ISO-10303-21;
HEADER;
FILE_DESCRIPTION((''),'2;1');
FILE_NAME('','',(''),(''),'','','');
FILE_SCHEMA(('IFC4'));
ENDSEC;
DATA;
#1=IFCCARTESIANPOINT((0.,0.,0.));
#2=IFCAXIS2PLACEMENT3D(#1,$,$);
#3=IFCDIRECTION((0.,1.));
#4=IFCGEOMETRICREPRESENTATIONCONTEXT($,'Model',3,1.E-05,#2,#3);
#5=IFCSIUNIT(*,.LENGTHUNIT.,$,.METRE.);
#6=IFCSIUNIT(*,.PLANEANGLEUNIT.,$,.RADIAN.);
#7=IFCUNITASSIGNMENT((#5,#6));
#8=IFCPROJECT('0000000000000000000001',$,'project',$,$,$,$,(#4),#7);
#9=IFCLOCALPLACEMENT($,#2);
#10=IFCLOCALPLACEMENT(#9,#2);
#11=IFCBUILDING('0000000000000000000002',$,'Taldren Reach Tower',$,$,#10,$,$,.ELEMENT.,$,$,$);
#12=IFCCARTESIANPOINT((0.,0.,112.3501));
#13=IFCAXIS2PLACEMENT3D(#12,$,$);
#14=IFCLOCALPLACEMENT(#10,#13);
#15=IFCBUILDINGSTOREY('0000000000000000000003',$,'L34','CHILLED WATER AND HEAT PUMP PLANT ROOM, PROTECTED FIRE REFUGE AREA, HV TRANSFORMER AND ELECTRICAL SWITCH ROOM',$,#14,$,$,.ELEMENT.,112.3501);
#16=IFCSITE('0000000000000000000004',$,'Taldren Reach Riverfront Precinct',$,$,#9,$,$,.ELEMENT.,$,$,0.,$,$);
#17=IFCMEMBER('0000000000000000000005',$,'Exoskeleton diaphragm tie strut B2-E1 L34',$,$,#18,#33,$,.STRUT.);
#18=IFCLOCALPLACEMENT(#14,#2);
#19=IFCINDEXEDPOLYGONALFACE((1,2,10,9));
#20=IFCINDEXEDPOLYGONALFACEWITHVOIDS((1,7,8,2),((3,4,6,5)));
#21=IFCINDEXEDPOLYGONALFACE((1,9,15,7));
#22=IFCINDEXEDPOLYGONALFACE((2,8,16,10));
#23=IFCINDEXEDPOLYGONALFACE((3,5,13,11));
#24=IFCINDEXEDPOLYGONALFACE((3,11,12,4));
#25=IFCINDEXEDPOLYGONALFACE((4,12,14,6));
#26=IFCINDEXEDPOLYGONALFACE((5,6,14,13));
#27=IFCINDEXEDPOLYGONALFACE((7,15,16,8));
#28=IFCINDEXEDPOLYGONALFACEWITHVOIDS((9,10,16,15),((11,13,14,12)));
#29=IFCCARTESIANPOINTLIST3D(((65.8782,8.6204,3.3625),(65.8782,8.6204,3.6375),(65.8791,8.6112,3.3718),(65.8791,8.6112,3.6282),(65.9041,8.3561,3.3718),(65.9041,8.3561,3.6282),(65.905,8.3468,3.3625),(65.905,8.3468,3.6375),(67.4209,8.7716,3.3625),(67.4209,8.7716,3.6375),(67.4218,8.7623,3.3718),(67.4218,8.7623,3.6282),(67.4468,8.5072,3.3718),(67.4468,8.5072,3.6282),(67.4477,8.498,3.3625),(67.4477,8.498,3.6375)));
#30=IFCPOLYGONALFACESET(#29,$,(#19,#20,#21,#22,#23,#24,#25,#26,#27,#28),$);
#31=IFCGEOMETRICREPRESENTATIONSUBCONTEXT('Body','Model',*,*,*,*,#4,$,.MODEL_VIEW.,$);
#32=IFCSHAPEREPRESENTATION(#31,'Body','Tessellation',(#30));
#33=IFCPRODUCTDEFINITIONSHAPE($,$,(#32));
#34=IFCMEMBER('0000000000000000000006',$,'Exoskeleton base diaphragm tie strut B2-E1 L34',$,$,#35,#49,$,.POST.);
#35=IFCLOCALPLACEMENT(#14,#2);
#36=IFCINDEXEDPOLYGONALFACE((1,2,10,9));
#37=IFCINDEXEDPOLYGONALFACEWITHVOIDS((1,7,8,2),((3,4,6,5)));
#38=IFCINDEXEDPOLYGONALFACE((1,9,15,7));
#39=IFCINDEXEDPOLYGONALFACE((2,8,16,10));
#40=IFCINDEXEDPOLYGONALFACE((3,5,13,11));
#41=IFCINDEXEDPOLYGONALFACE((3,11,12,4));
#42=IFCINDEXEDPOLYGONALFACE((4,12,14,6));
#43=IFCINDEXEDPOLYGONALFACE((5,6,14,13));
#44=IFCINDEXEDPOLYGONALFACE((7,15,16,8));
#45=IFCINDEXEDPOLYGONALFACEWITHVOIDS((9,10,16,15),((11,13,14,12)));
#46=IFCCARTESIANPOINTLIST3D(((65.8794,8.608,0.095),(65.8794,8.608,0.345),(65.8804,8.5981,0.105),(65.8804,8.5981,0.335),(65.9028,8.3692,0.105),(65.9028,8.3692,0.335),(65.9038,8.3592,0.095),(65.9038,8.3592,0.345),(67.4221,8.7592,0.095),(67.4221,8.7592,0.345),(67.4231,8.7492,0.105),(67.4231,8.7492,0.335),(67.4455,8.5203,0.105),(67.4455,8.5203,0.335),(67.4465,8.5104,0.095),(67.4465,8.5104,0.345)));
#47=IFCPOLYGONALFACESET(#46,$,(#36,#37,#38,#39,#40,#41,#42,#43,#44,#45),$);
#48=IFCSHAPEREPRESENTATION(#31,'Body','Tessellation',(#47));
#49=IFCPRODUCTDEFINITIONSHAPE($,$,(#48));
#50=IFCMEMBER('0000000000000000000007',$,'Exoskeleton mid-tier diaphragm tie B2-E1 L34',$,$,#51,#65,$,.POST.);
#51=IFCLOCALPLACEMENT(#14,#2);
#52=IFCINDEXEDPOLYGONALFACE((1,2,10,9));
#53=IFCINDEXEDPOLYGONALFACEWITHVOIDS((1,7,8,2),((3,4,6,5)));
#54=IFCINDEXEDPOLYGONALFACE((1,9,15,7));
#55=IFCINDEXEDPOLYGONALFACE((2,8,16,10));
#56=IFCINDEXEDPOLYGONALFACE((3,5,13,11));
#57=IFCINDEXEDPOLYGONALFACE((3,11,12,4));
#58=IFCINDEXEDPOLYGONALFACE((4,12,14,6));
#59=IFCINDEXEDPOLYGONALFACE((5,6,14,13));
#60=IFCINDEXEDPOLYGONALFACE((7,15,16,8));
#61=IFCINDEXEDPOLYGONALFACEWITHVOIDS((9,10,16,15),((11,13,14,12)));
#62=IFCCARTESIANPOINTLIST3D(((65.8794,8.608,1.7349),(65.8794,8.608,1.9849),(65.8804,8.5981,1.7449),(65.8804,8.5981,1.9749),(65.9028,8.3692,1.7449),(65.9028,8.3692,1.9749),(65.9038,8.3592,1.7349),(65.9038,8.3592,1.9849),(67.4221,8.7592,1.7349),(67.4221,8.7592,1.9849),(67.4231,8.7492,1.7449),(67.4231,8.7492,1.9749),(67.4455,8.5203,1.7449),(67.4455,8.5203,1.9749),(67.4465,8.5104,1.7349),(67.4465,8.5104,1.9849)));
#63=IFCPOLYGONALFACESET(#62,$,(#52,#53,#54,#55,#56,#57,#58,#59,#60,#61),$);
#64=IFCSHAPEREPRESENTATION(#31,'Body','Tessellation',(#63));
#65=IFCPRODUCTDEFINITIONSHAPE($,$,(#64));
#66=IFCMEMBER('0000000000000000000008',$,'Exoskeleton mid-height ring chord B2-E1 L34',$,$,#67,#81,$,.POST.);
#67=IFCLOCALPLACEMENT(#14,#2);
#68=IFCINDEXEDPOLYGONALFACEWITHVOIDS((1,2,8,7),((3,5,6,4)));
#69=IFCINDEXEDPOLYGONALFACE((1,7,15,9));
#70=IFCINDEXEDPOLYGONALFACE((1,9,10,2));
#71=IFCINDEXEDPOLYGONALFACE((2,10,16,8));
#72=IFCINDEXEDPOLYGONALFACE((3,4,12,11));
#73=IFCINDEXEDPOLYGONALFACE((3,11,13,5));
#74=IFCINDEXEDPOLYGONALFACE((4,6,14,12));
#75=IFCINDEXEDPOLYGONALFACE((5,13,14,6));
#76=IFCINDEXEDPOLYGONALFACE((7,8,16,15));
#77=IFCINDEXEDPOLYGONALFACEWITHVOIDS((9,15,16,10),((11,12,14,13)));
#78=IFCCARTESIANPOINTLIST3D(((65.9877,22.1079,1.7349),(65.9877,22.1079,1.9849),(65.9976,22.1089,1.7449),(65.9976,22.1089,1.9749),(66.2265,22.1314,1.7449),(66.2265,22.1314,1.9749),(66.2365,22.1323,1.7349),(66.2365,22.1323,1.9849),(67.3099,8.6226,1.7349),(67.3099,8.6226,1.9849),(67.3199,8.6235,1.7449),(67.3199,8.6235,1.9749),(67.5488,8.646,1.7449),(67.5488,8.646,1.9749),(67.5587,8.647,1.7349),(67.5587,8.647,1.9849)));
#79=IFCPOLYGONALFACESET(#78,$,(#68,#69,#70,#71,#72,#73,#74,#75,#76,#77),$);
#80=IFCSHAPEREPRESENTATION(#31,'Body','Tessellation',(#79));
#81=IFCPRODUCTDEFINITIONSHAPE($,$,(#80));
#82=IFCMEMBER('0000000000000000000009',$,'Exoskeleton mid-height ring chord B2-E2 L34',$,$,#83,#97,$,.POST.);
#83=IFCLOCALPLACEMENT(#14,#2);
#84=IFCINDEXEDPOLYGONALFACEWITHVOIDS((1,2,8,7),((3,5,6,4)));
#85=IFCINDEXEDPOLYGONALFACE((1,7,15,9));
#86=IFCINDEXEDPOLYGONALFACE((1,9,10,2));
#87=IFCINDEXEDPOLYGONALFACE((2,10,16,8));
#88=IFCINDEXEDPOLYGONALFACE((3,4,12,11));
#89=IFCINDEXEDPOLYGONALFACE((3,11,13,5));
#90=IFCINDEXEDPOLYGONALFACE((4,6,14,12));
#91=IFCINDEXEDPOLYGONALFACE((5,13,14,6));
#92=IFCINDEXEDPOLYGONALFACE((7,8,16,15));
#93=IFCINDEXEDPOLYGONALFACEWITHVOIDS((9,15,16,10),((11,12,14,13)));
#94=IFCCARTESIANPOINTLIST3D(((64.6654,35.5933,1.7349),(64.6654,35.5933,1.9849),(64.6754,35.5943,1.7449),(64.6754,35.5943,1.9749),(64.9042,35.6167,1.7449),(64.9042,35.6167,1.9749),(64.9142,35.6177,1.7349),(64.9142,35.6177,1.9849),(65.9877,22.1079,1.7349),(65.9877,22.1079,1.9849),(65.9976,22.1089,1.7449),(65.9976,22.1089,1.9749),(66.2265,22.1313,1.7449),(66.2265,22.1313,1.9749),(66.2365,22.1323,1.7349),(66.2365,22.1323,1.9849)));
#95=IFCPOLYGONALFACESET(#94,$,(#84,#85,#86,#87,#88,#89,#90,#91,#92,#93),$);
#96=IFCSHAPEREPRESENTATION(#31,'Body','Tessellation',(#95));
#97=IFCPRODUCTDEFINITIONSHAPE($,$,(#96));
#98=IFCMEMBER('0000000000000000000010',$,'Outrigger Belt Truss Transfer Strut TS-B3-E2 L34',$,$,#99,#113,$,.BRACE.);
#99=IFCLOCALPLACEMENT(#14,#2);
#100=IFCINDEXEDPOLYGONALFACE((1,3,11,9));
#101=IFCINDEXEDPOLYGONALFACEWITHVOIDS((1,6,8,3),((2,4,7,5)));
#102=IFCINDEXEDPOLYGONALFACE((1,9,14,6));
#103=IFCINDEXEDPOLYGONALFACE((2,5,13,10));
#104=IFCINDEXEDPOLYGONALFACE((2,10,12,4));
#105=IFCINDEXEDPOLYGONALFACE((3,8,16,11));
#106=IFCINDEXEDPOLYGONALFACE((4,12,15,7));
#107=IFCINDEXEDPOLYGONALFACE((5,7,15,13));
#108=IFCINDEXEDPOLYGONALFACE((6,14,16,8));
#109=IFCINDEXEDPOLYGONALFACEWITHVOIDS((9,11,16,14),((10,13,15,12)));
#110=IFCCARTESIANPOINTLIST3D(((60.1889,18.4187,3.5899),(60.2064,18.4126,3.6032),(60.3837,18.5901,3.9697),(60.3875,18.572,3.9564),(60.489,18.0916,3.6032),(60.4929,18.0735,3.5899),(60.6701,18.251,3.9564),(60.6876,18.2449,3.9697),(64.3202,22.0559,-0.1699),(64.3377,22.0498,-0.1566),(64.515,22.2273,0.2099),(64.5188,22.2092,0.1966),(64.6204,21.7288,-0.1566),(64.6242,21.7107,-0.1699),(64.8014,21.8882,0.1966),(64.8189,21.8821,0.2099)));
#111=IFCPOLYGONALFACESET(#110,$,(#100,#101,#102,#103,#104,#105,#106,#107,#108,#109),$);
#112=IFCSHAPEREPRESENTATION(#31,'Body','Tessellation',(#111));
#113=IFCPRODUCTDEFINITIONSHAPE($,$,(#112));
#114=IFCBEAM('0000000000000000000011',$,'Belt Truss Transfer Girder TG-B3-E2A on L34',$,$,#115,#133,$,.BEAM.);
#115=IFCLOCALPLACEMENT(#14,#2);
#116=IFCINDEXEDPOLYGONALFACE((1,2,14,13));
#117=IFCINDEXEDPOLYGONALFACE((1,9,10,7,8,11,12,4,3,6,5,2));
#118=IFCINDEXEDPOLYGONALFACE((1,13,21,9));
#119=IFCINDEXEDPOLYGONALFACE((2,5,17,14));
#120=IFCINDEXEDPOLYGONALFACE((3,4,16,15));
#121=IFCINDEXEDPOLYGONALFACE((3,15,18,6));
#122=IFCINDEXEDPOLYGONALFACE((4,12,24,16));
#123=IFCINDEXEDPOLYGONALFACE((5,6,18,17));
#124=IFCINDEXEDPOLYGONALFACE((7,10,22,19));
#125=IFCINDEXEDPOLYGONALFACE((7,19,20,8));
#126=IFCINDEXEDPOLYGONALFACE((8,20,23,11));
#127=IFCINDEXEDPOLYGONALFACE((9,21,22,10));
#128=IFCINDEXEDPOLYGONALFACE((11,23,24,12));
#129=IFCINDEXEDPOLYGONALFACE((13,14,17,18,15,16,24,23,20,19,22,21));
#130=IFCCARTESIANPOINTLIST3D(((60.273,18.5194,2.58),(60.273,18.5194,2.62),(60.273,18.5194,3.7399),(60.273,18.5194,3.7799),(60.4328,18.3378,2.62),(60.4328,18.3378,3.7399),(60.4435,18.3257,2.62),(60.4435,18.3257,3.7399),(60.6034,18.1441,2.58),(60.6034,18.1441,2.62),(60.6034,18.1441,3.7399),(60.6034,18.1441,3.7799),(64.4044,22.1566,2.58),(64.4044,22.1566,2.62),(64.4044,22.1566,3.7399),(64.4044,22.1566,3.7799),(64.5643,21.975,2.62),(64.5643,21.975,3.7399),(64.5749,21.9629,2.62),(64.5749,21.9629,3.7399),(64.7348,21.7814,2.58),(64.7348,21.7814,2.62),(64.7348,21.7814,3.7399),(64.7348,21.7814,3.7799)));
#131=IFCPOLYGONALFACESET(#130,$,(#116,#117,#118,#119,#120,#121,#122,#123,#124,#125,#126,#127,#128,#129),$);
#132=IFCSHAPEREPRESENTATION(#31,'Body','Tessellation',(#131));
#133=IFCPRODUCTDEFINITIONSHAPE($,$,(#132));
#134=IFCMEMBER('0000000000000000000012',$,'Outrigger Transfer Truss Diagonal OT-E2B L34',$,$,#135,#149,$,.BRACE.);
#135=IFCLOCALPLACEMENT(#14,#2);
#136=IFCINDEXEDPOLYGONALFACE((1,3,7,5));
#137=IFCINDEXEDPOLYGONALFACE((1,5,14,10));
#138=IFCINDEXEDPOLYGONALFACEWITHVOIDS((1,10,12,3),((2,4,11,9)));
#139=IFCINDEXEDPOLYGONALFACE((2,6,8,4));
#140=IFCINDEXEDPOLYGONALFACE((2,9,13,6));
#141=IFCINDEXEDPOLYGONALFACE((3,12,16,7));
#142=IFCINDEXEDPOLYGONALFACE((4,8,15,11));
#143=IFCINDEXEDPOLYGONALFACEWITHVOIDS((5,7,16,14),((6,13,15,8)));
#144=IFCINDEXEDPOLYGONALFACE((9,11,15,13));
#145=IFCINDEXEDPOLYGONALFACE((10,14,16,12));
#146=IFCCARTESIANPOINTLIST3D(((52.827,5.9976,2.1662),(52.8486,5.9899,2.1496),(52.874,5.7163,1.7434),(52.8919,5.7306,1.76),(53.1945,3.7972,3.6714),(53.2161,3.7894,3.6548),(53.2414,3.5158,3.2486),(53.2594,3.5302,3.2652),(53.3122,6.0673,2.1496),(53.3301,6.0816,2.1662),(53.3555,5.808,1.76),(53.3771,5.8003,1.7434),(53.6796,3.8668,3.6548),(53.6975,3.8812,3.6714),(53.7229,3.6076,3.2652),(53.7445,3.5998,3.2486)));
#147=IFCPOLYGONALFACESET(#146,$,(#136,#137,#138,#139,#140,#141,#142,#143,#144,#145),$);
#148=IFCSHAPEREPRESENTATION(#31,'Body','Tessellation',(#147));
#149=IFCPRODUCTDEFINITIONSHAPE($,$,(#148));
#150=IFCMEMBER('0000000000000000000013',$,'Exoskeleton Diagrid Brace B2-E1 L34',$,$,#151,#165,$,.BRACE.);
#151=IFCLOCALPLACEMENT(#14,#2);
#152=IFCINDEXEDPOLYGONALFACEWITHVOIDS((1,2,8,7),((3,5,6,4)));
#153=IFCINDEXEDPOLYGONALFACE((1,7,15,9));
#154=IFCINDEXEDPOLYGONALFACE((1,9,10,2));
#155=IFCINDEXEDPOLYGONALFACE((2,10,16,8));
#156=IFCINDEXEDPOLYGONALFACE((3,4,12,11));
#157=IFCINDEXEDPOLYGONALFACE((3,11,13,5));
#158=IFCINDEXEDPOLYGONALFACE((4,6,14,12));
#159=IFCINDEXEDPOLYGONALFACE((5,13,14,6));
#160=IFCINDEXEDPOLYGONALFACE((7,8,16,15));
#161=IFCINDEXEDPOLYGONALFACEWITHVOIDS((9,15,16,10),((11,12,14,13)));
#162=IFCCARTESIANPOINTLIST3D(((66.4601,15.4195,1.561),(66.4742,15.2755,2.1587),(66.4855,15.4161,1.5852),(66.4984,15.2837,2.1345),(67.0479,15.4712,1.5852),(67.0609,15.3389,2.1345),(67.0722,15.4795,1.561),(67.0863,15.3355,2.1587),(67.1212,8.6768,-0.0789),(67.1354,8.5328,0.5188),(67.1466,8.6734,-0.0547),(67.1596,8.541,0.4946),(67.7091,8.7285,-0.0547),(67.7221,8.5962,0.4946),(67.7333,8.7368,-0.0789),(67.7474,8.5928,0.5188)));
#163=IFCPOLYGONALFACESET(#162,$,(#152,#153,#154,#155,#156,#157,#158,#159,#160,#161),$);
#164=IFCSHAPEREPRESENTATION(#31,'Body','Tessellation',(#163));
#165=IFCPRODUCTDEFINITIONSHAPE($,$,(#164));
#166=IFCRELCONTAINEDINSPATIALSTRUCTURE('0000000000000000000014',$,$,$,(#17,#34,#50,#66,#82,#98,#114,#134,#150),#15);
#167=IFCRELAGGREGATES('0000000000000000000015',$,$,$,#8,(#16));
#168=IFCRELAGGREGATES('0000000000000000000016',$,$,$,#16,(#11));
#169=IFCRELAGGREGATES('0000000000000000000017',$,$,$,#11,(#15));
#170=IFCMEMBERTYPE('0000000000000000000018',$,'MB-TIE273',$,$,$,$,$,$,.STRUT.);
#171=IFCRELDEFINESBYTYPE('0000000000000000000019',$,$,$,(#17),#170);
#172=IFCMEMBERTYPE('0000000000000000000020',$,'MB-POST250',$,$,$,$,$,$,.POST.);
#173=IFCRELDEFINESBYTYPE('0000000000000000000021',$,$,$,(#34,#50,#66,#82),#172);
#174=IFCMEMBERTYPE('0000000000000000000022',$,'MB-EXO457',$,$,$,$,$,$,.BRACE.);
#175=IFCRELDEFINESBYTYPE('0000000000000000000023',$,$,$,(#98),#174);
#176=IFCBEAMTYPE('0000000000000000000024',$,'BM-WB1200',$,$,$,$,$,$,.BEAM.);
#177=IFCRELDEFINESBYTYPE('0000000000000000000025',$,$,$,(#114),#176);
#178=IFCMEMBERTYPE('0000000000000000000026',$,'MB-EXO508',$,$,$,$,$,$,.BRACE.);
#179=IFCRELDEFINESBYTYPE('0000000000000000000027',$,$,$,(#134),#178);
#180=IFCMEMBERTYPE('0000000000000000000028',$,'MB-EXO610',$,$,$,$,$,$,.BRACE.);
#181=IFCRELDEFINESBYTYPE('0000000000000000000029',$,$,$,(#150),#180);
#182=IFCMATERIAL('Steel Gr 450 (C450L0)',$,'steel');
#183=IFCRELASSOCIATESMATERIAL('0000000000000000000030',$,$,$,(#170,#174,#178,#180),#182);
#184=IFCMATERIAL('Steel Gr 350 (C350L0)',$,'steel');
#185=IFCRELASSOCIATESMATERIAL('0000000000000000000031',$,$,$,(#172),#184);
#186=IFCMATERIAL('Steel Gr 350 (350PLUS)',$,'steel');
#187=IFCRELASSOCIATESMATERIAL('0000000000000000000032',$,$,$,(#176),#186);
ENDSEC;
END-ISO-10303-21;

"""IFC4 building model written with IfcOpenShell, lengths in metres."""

from ifc_helpers import new_model, si_unit, direction, frame, origin, origin_2d, place, context, subcontext, project, spatial, hollow_rectangle, i_section, extrude, source, transform, mapped, material, material_profile, profile_set, type_object, element, save


model = new_model("IFC4")

# Units and contexts
model_context = context("Model", 3, precision=1e-05, world=origin(), true_north=direction((0.0, 1.0)))
body_context = subcontext(model_context, "Body", "Model", "MODEL_VIEW")
ifc_project = project(units=[si_unit("LENGTHUNIT", "METRE"), si_unit("PLANEANGLEUNIT", "RADIAN")], contexts=[model_context])

# Site, building, storey
site_placement = place(None, origin())
site = spatial("IfcSite", under=ifc_project, at=site_placement, Name="Taldren Reach Riverfront Precinct", CompositionType="ELEMENT", RefElevation=0.0)
building_placement = place(site_placement, origin())
building = spatial("IfcBuilding", under=site, at=building_placement, Name="Taldren Reach Tower", CompositionType="ELEMENT")
storey_placement = place(building_placement, frame((0.0, 0.0, 112.3501)))
storey = spatial("IfcBuildingStorey", under=building, at=storey_placement, Name="L34", Description="CHILLED WATER AND HEAT PUMP PLANT ROOM, PROTECTED FIRE REFUGE AREA, HV TRANSFORMER AND ELECTRICAL SWITCH ROOM", CompositionType="ELEMENT", Elevation=112.3501)

# Shared definitions
ifc_material_1 = material(Name="Steel Gr 350 (350PLUS)", Category="steel")

# Shared definitions
ifc_material_2 = material(Name="Steel Gr 450 (C450L0)", Category="steel")
ifc_material_profile_1 = material_profile(ifc_material_2, hollow_rectangle(XDim=0.2749, YDim=0.2749, WallThickness=0.0093, at=origin_2d()), Name="275x275x9.3SHS")
ifc_profile_set_1 = profile_set([ifc_material_profile_1], Name="Steel Gr 450 (C450L0)")
member_type_1 = type_object("IfcMemberType", Name="MB-TIE273", PredefinedType="STRUT", material=ifc_profile_set_1)
ifc_material_3 = material(Name="Steel Gr 350 (C350L0)", Category="steel")
ifc_material_profile_2 = material_profile(ifc_material_3, hollow_rectangle(XDim=0.25, YDim=0.25, WallThickness=0.01, at=origin_2d()), Name="250x250x10.0SHS")
ifc_profile_set_2 = profile_set([ifc_material_profile_2], Name="Steel Gr 350 (C350L0)")
member_type_2 = type_object("IfcMemberType", Name="MB-POST250", PredefinedType="POST", material=ifc_profile_set_2)

# Members
shared_shape_1 = source(origin(), body_context, "Body", "SweptSolid", [
    extrude(hollow_rectangle(XDim=0.2749, YDim=0.2749, WallThickness=0.0093, at=origin_2d()), origin(), (0.0, 0.0, 1.0), 1.55),
])
member_1_placement = place(storey_placement, frame((65.8916, 8.4836, 3.5), z_axis=(0.995236, 0.097492, 0.0), x_axis=(-0.097492, 0.995236, 0.0)))
element("IfcMember", 1, at=member_1_placement, inside=storey, type_object=member_type_1, Name="Exoskeleton diaphragm tie strut B2-E1 L34", PredefinedType="STRUT", context=body_context, shape_type="MappedRepresentation", body=[
    mapped(shared_shape_1, transform((0.0, 0.0, 0.0), scale=1.0)),
])
shared_shape_2 = source(origin(), body_context, "Body", "SweptSolid", [
    extrude(hollow_rectangle(XDim=0.25, YDim=0.25, WallThickness=0.01, at=origin_2d()), origin(), (0.0, 0.0, 1.0), 1.55),
])
for number, where, z_axis, x_axis, name in (
    (2, (65.8916, 8.4836, 0.22), (0.995236, 0.097492, 0.0), (-0.097492, 0.995236, 0.0), "Exoskeleton base diaphragm tie strut B2-E1 L34"),
    (3, (65.8916, 8.4836, 1.8599), (0.995236, 0.097492, 0.0), (-0.097492, 0.995236, 0.0), "Exoskeleton mid-tier diaphragm tie B2-E1 L34"),
):
    element("IfcMember", number, at=place(storey_placement, frame(where, z_axis=z_axis, x_axis=x_axis)), inside=storey, type_object=member_type_2, Name=name, PredefinedType="POST", context=body_context, shape_type="MappedRepresentation", body=[
        mapped(shared_shape_2, transform((0.0, 0.0, 0.0), scale=1.0)),
    ])
shared_shape_3 = source(origin(), body_context, "Body", "SweptSolid", [
    extrude(hollow_rectangle(XDim=0.25, YDim=0.25, WallThickness=0.01, at=origin_2d()), origin(), (0.0, 0.0, 1.0), 13.55),
])
for number, where, z_axis, x_axis, name in (
    (4, (67.4343, 8.6348, 1.8599), (-0.097584, 0.995227, 0.0), (-0.995227, -0.097584, 0.0), "Exoskeleton mid-height ring chord B2-E1 L34"),
    (5, (66.1121, 22.1201, 1.8599), (-0.097584, 0.995227, 0.0), (-0.995227, -0.097584, 0.0), "Exoskeleton mid-height ring chord B2-E2 L34"),
):
    element("IfcMember", number, at=place(storey_placement, frame(where, z_axis=z_axis, x_axis=x_axis)), inside=storey, type_object=member_type_2, Name=name, PredefinedType="POST", context=body_context, shape_type="MappedRepresentation", body=[
        mapped(shared_shape_3, transform((0.0, 0.0, 0.0), scale=1.0)),
    ])
ifc_material_profile_3 = material_profile(ifc_material_2, hollow_rectangle(XDim=0.46, YDim=0.46, WallThickness=0.0161, at=origin_2d()), Name="460x460x16.0SHS")
ifc_profile_set_3 = profile_set([ifc_material_profile_3], Name="Steel Gr 450 (C450L0)")
member_type_3 = type_object("IfcMemberType", Name="MB-EXO457", PredefinedType="BRACE", material=ifc_profile_set_3)
shared_shape_4 = source(origin(), body_context, "Body", "SweptSolid", [
    extrude(hollow_rectangle(XDim=0.46, YDim=0.46, WallThickness=0.0161, at=origin_2d()), origin(), (0.0, 0.0, 1.0), 6.6658),
])
member_2_placement = place(storey_placement, frame((64.5696, 21.969, 0.02), z_axis=(-0.619781, -0.54565, 0.564037), x_axis=(0.660794, -0.750567, 0.0)))
element("IfcMember", 6, at=member_2_placement, inside=storey, type_object=member_type_3, Name="Outrigger Belt Truss Transfer Strut TS-B3-E2 L34", PredefinedType="BRACE", context=body_context, shape_type="MappedRepresentation", body=[
    mapped(shared_shape_4, transform((0.0, 0.0, 0.0), scale=1.0)),
])

# Beam
ifc_material_profile_4 = material_profile(ifc_material_1, i_section(OverallWidth=0.5, OverallDepth=1.2, WebThickness=0.0161, FlangeThickness=0.04, at=origin_2d()), Name="1200WB455")
ifc_profile_set_4 = profile_set([ifc_material_profile_4], Name="Steel Gr 350 (350PLUS)")
beam_type_1 = type_object("IfcBeamType", Name="BM-WB1200", PredefinedType="BEAM", material=ifc_profile_set_4)
shared_shape_5 = source(origin(), body_context, "Body", "SweptSolid", [
    extrude(i_section(OverallWidth=0.5, OverallDepth=1.2, WebThickness=0.0161, FlangeThickness=0.04, at=origin_2d()), origin(), (0.0, 0.0, 1.0), 5.5044),
])
beam_1_placement = place(storey_placement, frame((64.5696, 21.969, 3.1799), z_axis=(-0.750567, -0.660794, 0.0), x_axis=(0.660794, -0.750567, 0.0)))
element("IfcBeam", 7, at=beam_1_placement, inside=storey, type_object=beam_type_1, Name="Belt Truss Transfer Girder TG-B3-E2A on L34", PredefinedType="BEAM", context=body_context, shape_type="MappedRepresentation", body=[
    mapped(shared_shape_5, transform((0.0, 0.0, 0.0), scale=1.0)),
])

# Members
ifc_material_profile_5 = material_profile(ifc_material_2, hollow_rectangle(XDim=0.51, YDim=0.51, WallThickness=0.02, at=origin_2d()), Name="510x510x20.0SHS")
ifc_profile_set_5 = profile_set([ifc_material_profile_5], Name="Steel Gr 450 (C450L0)")
member_type_4 = type_object("IfcMemberType", Name="MB-EXO508", PredefinedType="BRACE", material=ifc_profile_set_5)
shared_shape_6 = source(origin(), body_context, "Body", "SweptSolid", [
    extrude(hollow_rectangle(XDim=0.51, YDim=0.51, WallThickness=0.02, at=origin_2d()), origin(), (0.0, 0.0, 1.0), 2.6912),
])
member_3_placement = place(storey_placement, frame((53.1021, 5.8989, 1.9548), z_axis=(0.136533, -0.817654, 0.559285), x_axis=(0.986344, 0.164701, 0.0)))
element("IfcMember", 8, at=member_3_placement, inside=storey, type_object=member_type_4, Name="Outrigger Transfer Truss Diagonal OT-E2B L34", PredefinedType="BRACE", context=body_context, shape_type="MappedRepresentation", body=[
    mapped(shared_shape_6, transform((0.0, 0.0, 0.0), scale=1.0)),
])
ifc_material_profile_6 = material_profile(ifc_material_2, hollow_rectangle(XDim=0.615, YDim=0.615, WallThickness=0.0249, at=origin_2d()), Name="615x615x25.0SHS")
ifc_profile_set_6 = profile_set([ifc_material_profile_6], Name="Steel Gr 450 (C450L0)")
member_type_5 = type_object("IfcMemberType", Name="MB-EXO610", PredefinedType="BRACE", material=ifc_profile_set_6)
shared_shape_7 = source(origin(), body_context, "Body", "SweptSolid", [
    extrude(hollow_rectangle(XDim=0.615, YDim=0.615, WallThickness=0.0249, at=origin_2d()), origin(), (0.0, 0.0, 1.0), 6.9707),
])
for number, where, z_axis, x_axis, name in (
    (9, (67.4343, 8.6348, 0.22), (-0.094845, 0.967295, 0.235257), (-0.995227, -0.097584, 0.0), "Exoskeleton Diagrid Brace B2-E1 L34"),
):
    element("IfcMember", number, at=place(storey_placement, frame(where, z_axis=z_axis, x_axis=x_axis)), inside=storey, type_object=member_type_5, Name=name, PredefinedType="BRACE", context=body_context, shape_type="MappedRepresentation", body=[
        mapped(shared_shape_7, transform((0.0, 0.0, 0.0), scale=1.0)),
    ])

save(model, "model.ifc")
